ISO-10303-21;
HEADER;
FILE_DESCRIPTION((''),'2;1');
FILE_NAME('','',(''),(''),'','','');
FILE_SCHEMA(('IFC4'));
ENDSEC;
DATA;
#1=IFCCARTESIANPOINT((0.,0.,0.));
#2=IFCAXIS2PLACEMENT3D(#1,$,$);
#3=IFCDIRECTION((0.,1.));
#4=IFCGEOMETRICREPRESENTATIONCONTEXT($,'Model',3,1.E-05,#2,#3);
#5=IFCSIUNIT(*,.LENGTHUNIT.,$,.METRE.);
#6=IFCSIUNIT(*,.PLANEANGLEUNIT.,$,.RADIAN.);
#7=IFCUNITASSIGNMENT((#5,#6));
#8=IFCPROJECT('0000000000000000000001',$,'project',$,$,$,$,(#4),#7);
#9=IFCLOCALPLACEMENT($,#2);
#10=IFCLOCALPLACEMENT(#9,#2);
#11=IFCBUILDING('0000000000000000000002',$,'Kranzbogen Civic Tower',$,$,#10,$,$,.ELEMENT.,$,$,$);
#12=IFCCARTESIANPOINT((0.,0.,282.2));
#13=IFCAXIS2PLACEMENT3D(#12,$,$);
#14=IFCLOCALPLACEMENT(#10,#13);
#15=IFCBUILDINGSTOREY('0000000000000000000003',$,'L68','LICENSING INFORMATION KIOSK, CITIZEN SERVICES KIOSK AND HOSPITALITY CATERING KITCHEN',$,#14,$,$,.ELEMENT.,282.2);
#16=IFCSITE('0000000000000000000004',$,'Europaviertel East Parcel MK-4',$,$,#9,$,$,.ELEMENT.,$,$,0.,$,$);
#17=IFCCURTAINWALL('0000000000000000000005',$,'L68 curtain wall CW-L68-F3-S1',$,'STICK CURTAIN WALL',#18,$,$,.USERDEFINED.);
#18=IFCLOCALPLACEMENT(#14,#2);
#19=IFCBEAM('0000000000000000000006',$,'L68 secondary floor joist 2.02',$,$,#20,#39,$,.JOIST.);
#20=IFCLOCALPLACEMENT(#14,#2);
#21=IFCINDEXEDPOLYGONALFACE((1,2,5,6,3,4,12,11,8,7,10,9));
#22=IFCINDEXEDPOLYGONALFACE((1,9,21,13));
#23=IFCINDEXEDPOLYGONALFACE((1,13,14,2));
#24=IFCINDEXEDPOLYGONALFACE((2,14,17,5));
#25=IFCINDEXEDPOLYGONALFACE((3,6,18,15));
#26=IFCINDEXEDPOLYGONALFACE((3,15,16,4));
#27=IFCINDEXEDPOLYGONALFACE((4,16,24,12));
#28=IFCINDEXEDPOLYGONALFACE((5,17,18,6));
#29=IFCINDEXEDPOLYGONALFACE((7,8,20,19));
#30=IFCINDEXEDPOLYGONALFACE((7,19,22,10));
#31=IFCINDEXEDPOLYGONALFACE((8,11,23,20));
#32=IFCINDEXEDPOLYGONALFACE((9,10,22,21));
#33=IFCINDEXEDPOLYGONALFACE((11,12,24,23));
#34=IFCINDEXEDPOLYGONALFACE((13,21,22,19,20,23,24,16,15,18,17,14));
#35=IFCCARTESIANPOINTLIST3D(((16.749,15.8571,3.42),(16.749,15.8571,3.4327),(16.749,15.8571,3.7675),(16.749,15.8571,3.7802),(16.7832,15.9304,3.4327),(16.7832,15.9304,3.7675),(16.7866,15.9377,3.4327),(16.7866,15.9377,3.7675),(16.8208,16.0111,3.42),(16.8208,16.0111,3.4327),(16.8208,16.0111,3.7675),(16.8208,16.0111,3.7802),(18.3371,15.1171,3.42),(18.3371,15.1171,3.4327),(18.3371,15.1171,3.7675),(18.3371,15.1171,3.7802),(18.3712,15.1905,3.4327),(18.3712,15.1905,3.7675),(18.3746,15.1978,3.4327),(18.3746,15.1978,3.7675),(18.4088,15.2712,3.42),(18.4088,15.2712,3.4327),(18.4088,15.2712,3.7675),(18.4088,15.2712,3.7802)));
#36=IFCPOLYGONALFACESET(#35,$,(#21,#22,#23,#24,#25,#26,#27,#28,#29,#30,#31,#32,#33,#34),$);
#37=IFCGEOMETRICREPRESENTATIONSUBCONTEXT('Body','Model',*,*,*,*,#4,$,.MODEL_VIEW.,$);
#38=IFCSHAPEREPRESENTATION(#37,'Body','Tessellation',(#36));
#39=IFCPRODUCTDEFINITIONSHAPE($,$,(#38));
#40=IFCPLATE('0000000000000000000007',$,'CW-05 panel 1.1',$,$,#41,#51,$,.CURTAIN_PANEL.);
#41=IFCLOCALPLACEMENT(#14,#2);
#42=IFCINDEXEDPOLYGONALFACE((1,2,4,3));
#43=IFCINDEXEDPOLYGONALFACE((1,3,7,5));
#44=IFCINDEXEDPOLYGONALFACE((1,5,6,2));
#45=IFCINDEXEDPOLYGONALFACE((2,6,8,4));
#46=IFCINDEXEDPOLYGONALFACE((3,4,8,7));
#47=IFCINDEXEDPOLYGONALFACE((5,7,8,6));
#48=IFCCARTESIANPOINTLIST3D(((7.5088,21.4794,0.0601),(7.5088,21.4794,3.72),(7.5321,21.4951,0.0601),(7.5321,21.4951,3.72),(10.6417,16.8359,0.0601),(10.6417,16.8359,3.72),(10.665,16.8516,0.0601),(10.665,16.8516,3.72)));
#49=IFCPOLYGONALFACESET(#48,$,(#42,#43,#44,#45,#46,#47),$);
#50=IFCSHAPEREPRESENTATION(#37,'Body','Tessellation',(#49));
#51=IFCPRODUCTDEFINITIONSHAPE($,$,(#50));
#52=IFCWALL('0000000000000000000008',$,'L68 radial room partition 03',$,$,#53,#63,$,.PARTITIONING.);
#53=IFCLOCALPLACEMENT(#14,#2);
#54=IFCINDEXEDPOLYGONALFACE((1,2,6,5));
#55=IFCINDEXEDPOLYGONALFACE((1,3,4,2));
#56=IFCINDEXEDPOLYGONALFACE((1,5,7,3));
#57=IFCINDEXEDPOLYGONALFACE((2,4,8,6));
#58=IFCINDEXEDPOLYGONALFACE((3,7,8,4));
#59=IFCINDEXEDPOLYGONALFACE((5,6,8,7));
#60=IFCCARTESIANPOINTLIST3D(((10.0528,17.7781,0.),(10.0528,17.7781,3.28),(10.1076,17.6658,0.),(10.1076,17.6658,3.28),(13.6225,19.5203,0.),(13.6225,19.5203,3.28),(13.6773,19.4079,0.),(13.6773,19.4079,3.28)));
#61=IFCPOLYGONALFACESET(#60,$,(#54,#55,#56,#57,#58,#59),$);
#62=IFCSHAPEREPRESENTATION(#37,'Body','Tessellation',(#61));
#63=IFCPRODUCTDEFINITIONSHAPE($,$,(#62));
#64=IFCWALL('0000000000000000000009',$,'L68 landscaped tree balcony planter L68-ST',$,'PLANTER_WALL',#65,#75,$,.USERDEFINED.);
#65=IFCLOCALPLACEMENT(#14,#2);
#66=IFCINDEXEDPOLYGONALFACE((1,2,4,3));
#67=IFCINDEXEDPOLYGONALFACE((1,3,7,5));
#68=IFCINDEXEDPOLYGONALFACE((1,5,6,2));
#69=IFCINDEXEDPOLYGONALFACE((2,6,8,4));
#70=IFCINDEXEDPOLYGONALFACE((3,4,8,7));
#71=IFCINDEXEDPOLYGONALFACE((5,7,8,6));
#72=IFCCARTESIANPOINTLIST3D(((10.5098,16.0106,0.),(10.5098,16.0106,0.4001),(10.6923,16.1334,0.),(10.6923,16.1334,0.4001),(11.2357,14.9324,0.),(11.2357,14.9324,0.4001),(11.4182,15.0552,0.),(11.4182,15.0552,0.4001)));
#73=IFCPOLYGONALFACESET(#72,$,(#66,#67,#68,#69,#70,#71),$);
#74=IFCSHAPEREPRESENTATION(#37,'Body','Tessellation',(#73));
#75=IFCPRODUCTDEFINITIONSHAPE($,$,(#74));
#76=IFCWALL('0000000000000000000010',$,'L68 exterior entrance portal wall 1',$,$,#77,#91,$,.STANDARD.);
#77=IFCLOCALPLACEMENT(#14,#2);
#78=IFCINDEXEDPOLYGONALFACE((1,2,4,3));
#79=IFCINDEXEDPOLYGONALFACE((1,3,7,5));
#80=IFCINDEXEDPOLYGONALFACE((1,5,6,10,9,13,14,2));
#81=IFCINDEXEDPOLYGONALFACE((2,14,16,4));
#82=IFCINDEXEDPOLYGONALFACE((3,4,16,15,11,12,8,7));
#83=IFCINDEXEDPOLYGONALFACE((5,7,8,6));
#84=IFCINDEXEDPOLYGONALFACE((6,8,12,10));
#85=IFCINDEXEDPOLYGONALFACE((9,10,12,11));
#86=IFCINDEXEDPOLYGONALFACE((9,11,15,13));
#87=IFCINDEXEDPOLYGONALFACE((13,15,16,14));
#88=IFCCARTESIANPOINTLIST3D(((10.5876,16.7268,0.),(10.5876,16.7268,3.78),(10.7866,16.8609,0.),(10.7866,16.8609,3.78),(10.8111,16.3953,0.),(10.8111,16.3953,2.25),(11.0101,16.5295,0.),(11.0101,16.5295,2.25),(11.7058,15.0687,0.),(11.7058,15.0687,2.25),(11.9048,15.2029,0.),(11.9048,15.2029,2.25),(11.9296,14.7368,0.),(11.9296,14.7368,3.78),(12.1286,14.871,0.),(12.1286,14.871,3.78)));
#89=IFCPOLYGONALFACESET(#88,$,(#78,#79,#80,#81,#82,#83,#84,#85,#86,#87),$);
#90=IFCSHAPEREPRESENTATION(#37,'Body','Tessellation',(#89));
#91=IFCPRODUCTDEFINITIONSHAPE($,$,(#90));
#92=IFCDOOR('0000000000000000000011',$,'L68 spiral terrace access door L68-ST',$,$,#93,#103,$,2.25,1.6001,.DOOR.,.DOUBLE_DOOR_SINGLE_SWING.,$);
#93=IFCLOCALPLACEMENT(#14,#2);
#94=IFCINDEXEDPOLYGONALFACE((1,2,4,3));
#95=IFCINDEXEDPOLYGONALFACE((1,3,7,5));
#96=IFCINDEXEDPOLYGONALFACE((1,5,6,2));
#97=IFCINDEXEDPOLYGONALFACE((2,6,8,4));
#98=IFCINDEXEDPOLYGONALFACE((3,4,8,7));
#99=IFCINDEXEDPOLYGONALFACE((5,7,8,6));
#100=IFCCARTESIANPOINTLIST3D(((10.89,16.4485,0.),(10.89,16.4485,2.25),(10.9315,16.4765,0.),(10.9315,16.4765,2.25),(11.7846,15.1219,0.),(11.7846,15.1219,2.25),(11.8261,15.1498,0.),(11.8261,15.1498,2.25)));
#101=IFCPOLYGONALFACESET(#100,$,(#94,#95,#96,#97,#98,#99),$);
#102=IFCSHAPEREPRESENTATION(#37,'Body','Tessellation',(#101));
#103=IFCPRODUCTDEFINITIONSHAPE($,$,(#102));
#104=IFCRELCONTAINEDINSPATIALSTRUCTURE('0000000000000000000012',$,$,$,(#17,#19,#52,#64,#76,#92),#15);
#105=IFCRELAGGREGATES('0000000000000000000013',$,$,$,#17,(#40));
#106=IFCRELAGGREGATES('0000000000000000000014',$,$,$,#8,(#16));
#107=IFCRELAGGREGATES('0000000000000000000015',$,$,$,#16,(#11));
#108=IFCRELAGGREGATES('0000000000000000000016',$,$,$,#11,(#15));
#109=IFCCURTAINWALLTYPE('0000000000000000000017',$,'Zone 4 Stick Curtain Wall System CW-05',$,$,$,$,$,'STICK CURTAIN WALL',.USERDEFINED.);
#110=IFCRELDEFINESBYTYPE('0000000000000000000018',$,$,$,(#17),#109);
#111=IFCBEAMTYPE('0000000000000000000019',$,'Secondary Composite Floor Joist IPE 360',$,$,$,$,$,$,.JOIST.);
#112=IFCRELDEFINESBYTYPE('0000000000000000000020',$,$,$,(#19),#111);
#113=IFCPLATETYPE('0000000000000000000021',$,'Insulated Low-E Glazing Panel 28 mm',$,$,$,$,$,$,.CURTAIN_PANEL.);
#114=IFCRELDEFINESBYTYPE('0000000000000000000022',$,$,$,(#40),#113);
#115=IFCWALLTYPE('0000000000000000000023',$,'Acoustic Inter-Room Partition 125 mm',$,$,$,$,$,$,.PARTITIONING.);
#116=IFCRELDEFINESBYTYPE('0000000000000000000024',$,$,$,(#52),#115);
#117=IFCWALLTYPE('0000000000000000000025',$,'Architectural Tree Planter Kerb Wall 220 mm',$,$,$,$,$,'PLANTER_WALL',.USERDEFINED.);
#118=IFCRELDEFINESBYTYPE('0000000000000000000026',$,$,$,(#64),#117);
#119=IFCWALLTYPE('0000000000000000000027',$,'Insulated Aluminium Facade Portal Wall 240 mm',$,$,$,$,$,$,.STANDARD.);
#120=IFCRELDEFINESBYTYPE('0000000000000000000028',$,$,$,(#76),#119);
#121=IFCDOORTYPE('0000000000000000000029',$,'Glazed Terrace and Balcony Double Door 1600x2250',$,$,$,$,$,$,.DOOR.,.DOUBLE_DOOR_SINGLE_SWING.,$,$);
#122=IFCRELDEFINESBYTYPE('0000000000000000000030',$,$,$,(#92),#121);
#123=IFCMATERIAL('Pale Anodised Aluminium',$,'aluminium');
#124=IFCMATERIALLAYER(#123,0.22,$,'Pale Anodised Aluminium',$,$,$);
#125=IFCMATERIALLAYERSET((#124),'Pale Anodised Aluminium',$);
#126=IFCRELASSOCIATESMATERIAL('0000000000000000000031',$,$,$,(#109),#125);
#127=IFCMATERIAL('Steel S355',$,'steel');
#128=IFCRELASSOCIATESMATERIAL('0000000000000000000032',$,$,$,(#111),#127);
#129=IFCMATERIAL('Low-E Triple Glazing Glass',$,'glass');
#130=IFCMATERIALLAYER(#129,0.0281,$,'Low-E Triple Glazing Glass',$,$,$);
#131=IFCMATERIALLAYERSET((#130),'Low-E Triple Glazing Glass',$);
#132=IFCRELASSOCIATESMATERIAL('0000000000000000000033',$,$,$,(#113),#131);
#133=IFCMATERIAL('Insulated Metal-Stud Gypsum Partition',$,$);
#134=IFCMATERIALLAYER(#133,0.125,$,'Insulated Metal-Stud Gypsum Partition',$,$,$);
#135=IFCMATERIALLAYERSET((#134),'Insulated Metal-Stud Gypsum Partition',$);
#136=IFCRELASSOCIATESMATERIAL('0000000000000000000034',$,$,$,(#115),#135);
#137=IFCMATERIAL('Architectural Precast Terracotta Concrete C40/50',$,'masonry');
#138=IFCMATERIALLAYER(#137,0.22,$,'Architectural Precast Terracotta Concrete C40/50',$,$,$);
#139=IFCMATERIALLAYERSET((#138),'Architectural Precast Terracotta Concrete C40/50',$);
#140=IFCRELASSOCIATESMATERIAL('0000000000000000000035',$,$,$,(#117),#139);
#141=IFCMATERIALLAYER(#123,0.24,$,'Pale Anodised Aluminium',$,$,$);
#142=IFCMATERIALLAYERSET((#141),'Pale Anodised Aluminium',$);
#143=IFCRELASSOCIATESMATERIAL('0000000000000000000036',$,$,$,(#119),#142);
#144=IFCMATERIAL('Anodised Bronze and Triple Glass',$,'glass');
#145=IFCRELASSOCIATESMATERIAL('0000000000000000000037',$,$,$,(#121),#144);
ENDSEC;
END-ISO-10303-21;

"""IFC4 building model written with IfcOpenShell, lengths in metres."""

from ifc_helpers import new_model, si_unit, direction, frame, frame_2d, origin, origin_2d, place, context, subcontext, project, spatial, rectangle, i_section, extrude, material, layer, layer_set, material_profile, profile_set, type_object, element, fill, aggregate, save


model = new_model("IFC4")

# Units and contexts
model_context = context("Model", 3, precision=1e-05, world=origin(), true_north=direction((0.0, 1.0)))
body_context = subcontext(model_context, "Body", "Model", "MODEL_VIEW")
ifc_project = project(units=[si_unit("LENGTHUNIT", "METRE"), si_unit("PLANEANGLEUNIT", "RADIAN")], contexts=[model_context])

# Site, building, storey
site_placement = place(None, origin())
site = spatial("IfcSite", under=ifc_project, at=site_placement, Name="Europaviertel East Parcel MK-4", CompositionType="ELEMENT", RefElevation=0.0)
building_placement = place(site_placement, origin())
building = spatial("IfcBuilding", under=site, at=building_placement, Name="Kranzbogen Civic Tower", CompositionType="ELEMENT")
storey_placement = place(building_placement, frame((0.0, 0.0, 282.2)))
storey = spatial("IfcBuildingStorey", under=building, at=storey_placement, Name="L68", Description="LICENSING INFORMATION KIOSK, CITIZEN SERVICES KIOSK AND HOSPITALITY CATERING KITCHEN", CompositionType="ELEMENT", Elevation=282.2)

# Shared definitions
ifc_material_1 = material(Name="Steel S355", Category="steel")

# Curtain wall
ifc_material_2 = material(Name="Pale Anodised Aluminium", Category="aluminium")
ifc_layer_1 = layer(ifc_material_2, 0.22, Name="Pale Anodised Aluminium")
ifc_layer_set_1 = layer_set([ifc_layer_1], Name="Pale Anodised Aluminium")
curtain_wall_type = type_object("IfcCurtainWallType", Name="Zone 4 Stick Curtain Wall System CW-05", ElementType="STICK CURTAIN WALL", PredefinedType="USERDEFINED", material=ifc_layer_set_1)
curtain_wall_placement = place(storey_placement, origin())
curtain_wall = element("IfcCurtainWall", 1, at=curtain_wall_placement, inside=storey, type_object=curtain_wall_type, Name="L68 curtain wall CW-L68-F3-S1", ObjectType="STICK CURTAIN WALL", PredefinedType="USERDEFINED")

# Beam
ifc_material_profile_1 = material_profile(ifc_material_1, i_section(OverallWidth=0.1699, OverallDepth=0.3601, WebThickness=0.0081, FlangeThickness=0.0127, at=origin_2d()), Name="IPE 360")
ifc_profile_set_1 = profile_set([ifc_material_profile_1], Name="Steel S355")
beam_type_1 = type_object("IfcBeamType", Name="Secondary Composite Floor Joist IPE 360", PredefinedType="JOIST", material=ifc_profile_set_1)
beam_1_placement = place(storey_placement, frame((16.7849, 15.9341, 3.6001), z_axis=(0.906432, -0.422351, 0.0), x_axis=(0.422351, 0.906432, 0.0)))
element("IfcBeam", 2, at=beam_1_placement, inside=storey, type_object=beam_type_1, Name="L68 secondary floor joist 2.02", PredefinedType="JOIST", context=body_context, shape_type="SweptSolid", body=[
    extrude(i_section(OverallWidth=0.1699, OverallDepth=0.3601, WebThickness=0.0081, FlangeThickness=0.0127, at=origin_2d()), origin(), (0.0, 0.0, 1.0), 1.752),
])

# Plate
ifc_material_3 = material(Name="Low-E Triple Glazing Glass", Category="glass")
ifc_layer_2 = layer(ifc_material_3, 0.0281, Name="Low-E Triple Glazing Glass")
ifc_layer_set_2 = layer_set([ifc_layer_2], Name="Low-E Triple Glazing Glass")
plate_type = type_object("IfcPlateType", Name="Insulated Low-E Glazing Panel 28 mm", PredefinedType="CURTAIN_PANEL", material=ifc_layer_set_2)
plate_placement = place(storey_placement, frame((9.0869, 19.1655, 0.0601), z_axis=(0.0, 0.0, 1.0), x_axis=(0.55929, -0.828972, 0.0)))
plate = element("IfcPlate", 3, at=plate_placement, type_object=plate_type, Name="CW-05 panel 1.1", PredefinedType="CURTAIN_PANEL", context=body_context, shape_type="SweptSolid", body=[
    extrude(rectangle(XDim=5.6016, YDim=0.0281, at=origin_2d()), origin(), (0.0, 0.0, 1.0), 3.6599),
])
aggregate(curtain_wall, [plate])

# Walls
ifc_material_4 = material(Name="Insulated Metal-Stud Gypsum Partition")
ifc_layer_3 = layer(ifc_material_4, 0.125, Name="Insulated Metal-Stud Gypsum Partition")
ifc_layer_set_3 = layer_set([ifc_layer_3], Name="Insulated Metal-Stud Gypsum Partition")
wall_type_1 = type_object("IfcWallType", Name="Acoustic Inter-Room Partition 125 mm", PredefinedType="PARTITIONING", material=ifc_layer_set_3)
wall_1_placement = place(storey_placement, frame((13.6499, 19.4641, 0.0), z_axis=(0.0, 0.0, 1.0), x_axis=(-0.898688, -0.438588, 0.0)))
element("IfcWall", 4, at=wall_1_placement, inside=storey, type_object=wall_type_1, Name="L68 radial room partition 03", PredefinedType="PARTITIONING", context=body_context, shape_type="SweptSolid", body=[
    extrude(rectangle(XDim=3.9722, YDim=0.125, at=frame_2d((1.9861, 0.0))), origin(), (0.0, 0.0, 1.0), 3.28),
])
ifc_material_5 = material(Name="Architectural Precast Terracotta Concrete C40/50", Category="masonry")
ifc_layer_4 = layer(ifc_material_5, 0.22, Name="Architectural Precast Terracotta Concrete C40/50")
ifc_layer_set_4 = layer_set([ifc_layer_4], Name="Architectural Precast Terracotta Concrete C40/50")
wall_type_2 = type_object("IfcWallType", Name="Architectural Tree Planter Kerb Wall 220 mm", ElementType="PLANTER_WALL", PredefinedType="USERDEFINED", material=ifc_layer_set_4)
wall_2_placement = place(storey_placement, frame((10.6011, 16.072, 0.0), z_axis=(0.0, 0.0, 1.0), x_axis=(0.558466, -0.829528, 0.0)))
element("IfcWall", 5, at=wall_2_placement, inside=storey, type_object=wall_type_2, Name="L68 landscaped tree balcony planter L68-ST", ObjectType="PLANTER_WALL", PredefinedType="USERDEFINED", context=body_context, shape_type="SweptSolid", body=[
    extrude(rectangle(XDim=1.2998, YDim=0.22, at=frame_2d((0.6499, 0.0))), origin(), (0.0, 0.0, 1.0), 0.4001),
])

# Wall, opening, door
ifc_layer_5 = layer(ifc_material_2, 0.24, Name="Pale Anodised Aluminium")
ifc_layer_set_5 = layer_set([ifc_layer_5], Name="Pale Anodised Aluminium")
wall_type_3 = type_object("IfcWallType", Name="Insulated Aluminium Facade Portal Wall 240 mm", PredefinedType="STANDARD", material=ifc_layer_set_5)
wall_3_placement = place(storey_placement, frame((10.687, 16.7939, 0.0), z_axis=(0.0, 0.0, 1.0), x_axis=(0.559129, -0.829081, 0.0)))
wall_3 = element("IfcWall", 6, at=wall_3_placement, inside=storey, type_object=wall_type_3, Name="L68 exterior entrance portal wall 1", PredefinedType="STANDARD", context=body_context, shape_type="SweptSolid", body=[
    extrude(rectangle(XDim=2.4001, YDim=0.24, at=frame_2d((1.2002, 0.0))), origin(), (0.0, 0.0, 1.0), 3.78),
])
opening_placement = place(wall_3_placement, frame((0.3999, 0.0, 0.0)))
opening = element("IfcOpeningElement", 7, at=opening_placement, cuts=wall_3, PredefinedType="OPENING", context=body_context, shape_type="SweptSolid", body=[
    extrude(rectangle(XDim=1.6001, YDim=2.25, at=frame_2d((0.8, 1.125))), frame((0.0, 0.1299, 0.0), z_axis=(0.0, -1.0, 0.0), x_axis=(1.0, 0.0, 0.0)), (0.0, 0.0, 1.0), 0.26),
])
ifc_material_6 = material(Name="Anodised Bronze and Triple Glass", Category="glass")
door_type = type_object("IfcDoorType", Name="Glazed Terrace and Balcony Double Door 1600x2250", OperationType="DOUBLE_DOOR_SINGLE_SWING", PredefinedType="DOOR", material=ifc_material_6)
door_placement = place(opening_placement, frame((1.6001, 0.0, 0.0), z_axis=(0.0, 0.0, 1.0), x_axis=(-1.0, 0.0, 0.0)))
door = element("IfcDoor", 8, at=door_placement, inside=storey, type_object=door_type, Name="L68 spiral terrace access door L68-ST", OperationType="DOUBLE_DOOR_SINGLE_SWING", OverallHeight=2.25, OverallWidth=1.6001, PredefinedType="DOOR", context=body_context, shape_type="SweptSolid", body=[
    extrude(rectangle(XDim=1.6001, YDim=2.25, at=frame_2d((0.8, 1.125))), frame((0.0, 0.0249, 0.0), z_axis=(0.0, -1.0, 0.0), x_axis=(1.0, 0.0, 0.0)), (0.0, 0.0, 1.0), 0.05),
])
fill(opening, door)

save(model, "model.ifc")
